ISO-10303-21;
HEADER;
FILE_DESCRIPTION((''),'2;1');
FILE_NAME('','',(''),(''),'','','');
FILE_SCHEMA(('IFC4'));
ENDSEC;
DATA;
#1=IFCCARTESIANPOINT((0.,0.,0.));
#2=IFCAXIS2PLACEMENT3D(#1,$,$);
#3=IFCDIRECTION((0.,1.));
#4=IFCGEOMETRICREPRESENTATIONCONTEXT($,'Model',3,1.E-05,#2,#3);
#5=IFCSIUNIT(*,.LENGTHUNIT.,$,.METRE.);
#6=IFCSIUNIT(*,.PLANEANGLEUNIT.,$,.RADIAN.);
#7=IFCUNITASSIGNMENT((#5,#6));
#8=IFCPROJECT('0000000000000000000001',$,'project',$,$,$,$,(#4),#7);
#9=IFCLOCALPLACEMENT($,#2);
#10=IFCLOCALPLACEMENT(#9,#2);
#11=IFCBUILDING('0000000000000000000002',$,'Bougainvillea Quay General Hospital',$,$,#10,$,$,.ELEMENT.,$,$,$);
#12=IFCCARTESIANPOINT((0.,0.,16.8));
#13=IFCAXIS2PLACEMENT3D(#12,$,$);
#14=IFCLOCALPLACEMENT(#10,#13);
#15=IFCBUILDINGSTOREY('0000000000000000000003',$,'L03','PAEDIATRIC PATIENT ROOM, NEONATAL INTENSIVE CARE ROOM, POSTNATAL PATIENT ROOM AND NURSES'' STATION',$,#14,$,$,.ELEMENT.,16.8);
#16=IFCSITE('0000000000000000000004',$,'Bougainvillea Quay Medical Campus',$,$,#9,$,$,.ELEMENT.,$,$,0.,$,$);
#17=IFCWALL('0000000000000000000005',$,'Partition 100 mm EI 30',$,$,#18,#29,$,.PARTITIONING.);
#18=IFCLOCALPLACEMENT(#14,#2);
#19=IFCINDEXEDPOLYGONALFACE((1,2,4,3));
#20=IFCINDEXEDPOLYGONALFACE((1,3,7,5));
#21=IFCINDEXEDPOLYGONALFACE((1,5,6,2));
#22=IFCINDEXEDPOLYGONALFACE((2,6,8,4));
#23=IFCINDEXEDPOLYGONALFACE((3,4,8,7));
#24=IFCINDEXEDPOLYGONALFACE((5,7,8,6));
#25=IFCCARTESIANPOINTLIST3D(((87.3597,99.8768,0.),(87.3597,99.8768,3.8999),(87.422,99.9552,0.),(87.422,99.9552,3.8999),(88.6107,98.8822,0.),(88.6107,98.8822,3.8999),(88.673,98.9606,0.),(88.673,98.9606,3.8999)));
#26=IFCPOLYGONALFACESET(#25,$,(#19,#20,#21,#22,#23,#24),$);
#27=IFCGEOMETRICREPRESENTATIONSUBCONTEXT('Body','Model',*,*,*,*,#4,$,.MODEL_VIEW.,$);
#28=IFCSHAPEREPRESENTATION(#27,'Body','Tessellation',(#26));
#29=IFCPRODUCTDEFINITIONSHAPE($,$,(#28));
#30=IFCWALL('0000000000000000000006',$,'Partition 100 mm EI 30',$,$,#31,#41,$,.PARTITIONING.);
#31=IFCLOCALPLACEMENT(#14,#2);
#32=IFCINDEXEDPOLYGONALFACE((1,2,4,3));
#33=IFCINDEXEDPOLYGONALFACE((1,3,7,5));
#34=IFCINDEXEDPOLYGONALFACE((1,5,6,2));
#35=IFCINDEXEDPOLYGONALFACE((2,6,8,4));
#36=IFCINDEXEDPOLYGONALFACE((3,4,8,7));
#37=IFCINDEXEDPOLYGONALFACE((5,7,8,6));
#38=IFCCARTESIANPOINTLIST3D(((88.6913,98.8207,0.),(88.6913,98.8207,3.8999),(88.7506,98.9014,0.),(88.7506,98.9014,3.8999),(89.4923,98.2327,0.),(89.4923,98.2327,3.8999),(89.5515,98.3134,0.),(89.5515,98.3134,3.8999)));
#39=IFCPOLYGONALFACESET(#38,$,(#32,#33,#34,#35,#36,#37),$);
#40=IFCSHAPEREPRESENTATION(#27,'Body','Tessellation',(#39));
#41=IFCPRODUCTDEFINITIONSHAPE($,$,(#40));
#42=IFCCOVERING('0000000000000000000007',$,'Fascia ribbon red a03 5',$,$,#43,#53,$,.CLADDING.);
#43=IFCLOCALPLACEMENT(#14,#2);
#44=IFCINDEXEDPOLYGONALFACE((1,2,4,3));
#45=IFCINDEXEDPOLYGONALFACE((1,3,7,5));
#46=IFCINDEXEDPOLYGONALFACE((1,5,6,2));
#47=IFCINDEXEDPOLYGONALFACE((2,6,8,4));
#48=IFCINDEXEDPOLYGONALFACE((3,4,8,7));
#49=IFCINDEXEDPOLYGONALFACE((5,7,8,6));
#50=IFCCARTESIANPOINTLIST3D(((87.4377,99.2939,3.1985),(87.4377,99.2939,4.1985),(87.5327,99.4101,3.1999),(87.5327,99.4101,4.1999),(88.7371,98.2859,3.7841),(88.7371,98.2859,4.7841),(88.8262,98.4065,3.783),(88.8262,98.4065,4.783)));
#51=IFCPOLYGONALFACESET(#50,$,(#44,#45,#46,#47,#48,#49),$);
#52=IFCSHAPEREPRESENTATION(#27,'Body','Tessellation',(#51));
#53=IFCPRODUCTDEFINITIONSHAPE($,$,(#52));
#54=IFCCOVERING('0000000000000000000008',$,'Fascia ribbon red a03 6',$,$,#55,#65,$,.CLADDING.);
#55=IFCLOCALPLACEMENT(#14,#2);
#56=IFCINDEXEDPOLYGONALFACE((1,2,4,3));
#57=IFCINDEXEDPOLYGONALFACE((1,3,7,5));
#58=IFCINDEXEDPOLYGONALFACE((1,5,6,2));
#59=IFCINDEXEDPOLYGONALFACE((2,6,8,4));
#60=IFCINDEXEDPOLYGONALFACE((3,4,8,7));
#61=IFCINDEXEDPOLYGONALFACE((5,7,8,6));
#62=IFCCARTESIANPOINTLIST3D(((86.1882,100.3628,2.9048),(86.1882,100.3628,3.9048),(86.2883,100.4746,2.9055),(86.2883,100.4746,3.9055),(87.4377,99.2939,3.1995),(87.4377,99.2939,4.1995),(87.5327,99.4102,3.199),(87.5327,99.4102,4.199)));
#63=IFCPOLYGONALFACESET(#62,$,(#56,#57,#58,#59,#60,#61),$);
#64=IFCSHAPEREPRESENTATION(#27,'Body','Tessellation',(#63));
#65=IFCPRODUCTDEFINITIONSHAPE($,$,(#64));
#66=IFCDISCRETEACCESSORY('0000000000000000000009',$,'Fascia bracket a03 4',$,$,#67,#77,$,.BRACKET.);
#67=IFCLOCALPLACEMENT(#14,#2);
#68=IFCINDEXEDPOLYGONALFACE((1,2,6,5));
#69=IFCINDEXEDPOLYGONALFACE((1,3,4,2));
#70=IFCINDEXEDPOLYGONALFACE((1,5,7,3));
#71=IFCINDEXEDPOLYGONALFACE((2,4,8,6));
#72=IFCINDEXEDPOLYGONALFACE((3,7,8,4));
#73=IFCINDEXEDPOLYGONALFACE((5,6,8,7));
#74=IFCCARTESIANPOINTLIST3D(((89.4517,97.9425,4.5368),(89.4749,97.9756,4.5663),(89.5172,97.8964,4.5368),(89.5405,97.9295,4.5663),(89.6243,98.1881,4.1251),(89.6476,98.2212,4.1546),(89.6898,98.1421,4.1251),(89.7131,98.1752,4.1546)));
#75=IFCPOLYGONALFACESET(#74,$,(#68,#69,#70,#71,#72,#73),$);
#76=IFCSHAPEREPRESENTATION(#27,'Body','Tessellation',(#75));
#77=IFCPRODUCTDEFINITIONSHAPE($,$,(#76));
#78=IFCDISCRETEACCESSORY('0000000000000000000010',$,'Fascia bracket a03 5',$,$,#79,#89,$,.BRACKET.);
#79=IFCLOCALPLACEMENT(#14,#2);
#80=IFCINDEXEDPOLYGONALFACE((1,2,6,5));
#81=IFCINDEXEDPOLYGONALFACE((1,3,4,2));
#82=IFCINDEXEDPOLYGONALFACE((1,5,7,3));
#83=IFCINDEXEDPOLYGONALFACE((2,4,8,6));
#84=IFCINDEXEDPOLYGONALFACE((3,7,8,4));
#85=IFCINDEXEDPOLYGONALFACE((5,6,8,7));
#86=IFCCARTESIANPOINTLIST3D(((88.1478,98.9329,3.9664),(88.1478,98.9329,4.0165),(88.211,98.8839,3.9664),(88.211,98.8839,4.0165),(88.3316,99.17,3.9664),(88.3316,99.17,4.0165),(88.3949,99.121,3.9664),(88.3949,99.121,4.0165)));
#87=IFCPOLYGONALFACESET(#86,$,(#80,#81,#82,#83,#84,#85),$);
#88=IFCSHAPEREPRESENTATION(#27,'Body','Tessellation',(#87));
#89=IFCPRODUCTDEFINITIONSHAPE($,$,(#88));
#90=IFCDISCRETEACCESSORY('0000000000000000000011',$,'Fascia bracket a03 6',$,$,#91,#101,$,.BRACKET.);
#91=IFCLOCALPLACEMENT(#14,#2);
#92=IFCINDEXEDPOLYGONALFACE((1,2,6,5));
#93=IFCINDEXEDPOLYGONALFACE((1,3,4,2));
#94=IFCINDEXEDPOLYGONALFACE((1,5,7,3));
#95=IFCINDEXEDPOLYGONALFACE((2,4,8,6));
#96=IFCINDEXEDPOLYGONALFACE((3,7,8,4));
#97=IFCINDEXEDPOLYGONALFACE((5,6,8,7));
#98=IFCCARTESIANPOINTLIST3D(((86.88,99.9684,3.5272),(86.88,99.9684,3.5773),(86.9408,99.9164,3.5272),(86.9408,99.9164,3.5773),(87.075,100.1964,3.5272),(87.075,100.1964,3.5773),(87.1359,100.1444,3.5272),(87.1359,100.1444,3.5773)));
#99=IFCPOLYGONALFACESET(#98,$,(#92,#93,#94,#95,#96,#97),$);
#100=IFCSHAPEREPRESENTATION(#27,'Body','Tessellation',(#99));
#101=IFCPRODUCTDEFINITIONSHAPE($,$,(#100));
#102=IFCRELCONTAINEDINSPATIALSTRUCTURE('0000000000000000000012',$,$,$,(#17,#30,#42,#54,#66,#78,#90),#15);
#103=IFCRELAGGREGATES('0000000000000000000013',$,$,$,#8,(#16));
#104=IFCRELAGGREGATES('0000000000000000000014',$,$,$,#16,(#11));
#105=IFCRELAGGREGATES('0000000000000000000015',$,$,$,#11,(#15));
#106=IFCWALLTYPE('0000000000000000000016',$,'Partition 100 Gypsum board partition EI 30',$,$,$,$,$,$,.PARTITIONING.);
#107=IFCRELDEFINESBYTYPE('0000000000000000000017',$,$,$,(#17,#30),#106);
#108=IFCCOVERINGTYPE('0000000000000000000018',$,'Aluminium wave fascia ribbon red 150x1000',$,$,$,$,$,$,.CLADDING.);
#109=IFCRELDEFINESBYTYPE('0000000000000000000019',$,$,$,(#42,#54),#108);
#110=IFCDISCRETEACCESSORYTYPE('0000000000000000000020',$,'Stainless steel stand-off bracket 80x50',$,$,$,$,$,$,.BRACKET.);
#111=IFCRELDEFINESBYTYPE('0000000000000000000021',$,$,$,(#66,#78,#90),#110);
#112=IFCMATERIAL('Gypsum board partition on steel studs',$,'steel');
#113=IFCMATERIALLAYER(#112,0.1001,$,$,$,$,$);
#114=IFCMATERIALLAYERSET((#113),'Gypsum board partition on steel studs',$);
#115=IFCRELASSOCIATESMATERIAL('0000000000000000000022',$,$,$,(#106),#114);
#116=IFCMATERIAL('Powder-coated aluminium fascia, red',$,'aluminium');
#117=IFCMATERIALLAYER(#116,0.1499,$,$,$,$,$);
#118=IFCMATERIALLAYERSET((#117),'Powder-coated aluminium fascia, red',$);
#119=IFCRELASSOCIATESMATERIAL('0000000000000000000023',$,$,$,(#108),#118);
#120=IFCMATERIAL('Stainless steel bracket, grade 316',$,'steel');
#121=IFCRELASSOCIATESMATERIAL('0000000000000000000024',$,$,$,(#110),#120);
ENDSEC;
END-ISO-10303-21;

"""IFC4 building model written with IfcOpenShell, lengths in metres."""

from ifc_helpers import new_model, si_unit, direction, frame, frame_2d, origin, origin_2d, place, context, subcontext, project, spatial, polyline, rectangle, outline, extrude, material, layer, layer_set, material_profile, profile_set, type_object, element, save


model = new_model("IFC4")

# Units and contexts
model_context = context("Model", 3, precision=1e-05, world=origin(), true_north=direction((0.0, 1.0)))
body_context = subcontext(model_context, "Body", "Model", "MODEL_VIEW")
ifc_project = project(units=[si_unit("LENGTHUNIT", "METRE"), si_unit("PLANEANGLEUNIT", "RADIAN")], contexts=[model_context])

# Site, building, storey
site_placement = place(None, origin())
site = spatial("IfcSite", under=ifc_project, at=site_placement, Name="Bougainvillea Quay Medical Campus", CompositionType="ELEMENT", RefElevation=0.0)
building_placement = place(site_placement, origin())
building = spatial("IfcBuilding", under=site, at=building_placement, Name="Bougainvillea Quay General Hospital", CompositionType="ELEMENT")
storey_placement = place(building_placement, frame((0.0, 0.0, 16.8)))
storey = spatial("IfcBuildingStorey", under=building, at=storey_placement, Name="L03", Description="PAEDIATRIC PATIENT ROOM, NEONATAL INTENSIVE CARE ROOM, POSTNATAL PATIENT ROOM AND NURSES' STATION", CompositionType="ELEMENT", Elevation=16.8)

# Walls
ifc_material_1 = material(Name="Gypsum board partition on steel studs", Category="steel")
ifc_layer_1 = layer(ifc_material_1, 0.1001)
ifc_layer_set_1 = layer_set([ifc_layer_1], Name="Gypsum board partition on steel studs")
wall_type = type_object("IfcWallType", Name="Partition 100 Gypsum board partition EI 30", PredefinedType="PARTITIONING", material=ifc_layer_set_1)
wall_1_placement = place(storey_placement, frame((87.3909, 99.916, 0.0), z_axis=(0.0, 0.0, 1.0), x_axis=(0.782743, -0.622345, 0.0)))
element("IfcWall", 1, at=wall_1_placement, inside=storey, type_object=wall_type, Name="Partition 100 mm EI 30", PredefinedType="PARTITIONING", context=body_context, shape_type="SweptSolid", body=[
    extrude(rectangle(XDim=1.5981, YDim=0.1001, at=frame_2d((0.7991, 0.0))), origin(), (0.0, 0.0, 1.0), 3.8999),
])
wall_2_placement = place(storey_placement, frame((88.7209, 98.8611, 0.0), z_axis=(0.0, 0.0, 1.0), x_axis=(0.806061, -0.591832, 0.0)))
element("IfcWall", 2, at=wall_2_placement, inside=storey, type_object=wall_type, Name="Partition 100 mm EI 30", PredefinedType="PARTITIONING", context=body_context, shape_type="SweptSolid", body=[
    extrude(rectangle(XDim=0.9937, YDim=0.1001, at=frame_2d((0.4968, 0.0))), origin(), (0.0, 0.0, 1.0), 3.8999),
])

# Coverings
ifc_material_2 = material(Name="Powder-coated aluminium fascia, red", Category="aluminium")
ifc_layer_2 = layer(ifc_material_2, 0.1499)
ifc_layer_set_2 = layer_set([ifc_layer_2], Name="Powder-coated aluminium fascia, red")
covering_type = type_object("IfcCoveringType", Name="Aluminium wave fascia ribbon red 150x1000", PredefinedType="CLADDING", material=ifc_layer_set_2)
covering_1_placement = place(storey_placement, frame((88.8262, 98.4065, 3.783), z_axis=(-0.265347, 0.205289, 0.942044), x_axis=(-0.744262, 0.577513, -0.335488)))
element("IfcCovering", 3, at=covering_1_placement, inside=storey, type_object=covering_type, Name="Fascia ribbon red a03 5", PredefinedType="CLADDING", context=body_context, shape_type="SweptSolid", body=[
    extrude(outline(polyline([(0.0, 0.0), (1.7379, 0.0), (1.742, 0.15), (-0.0037, 0.1499), (0.0, 0.0)])), origin(), (-0.335488, -0.000453, 0.942044), 1.0),
])
covering_2_placement = place(storey_placement, frame((87.5327, 99.4102, 3.199), z_axis=(-0.134564, 0.11406, 0.984319), x_axis=(-0.747992, 0.639837, -0.176398)))
element("IfcCovering", 4, at=covering_2_placement, inside=storey, type_object=covering_type, Name="Fascia ribbon red a03 6", PredefinedType="CLADDING", context=body_context, shape_type="SweptSolid", body=[
    extrude(outline(polyline([(0.0, 0.0), (1.6636, 0.0), (1.6671, 0.15), (-0.0034, 0.15), (0.0, 0.0)])), origin(), (-0.176398, -0.000783, 0.984319), 1.0),
])

# Discrete accessories
ifc_material_3 = material(Name="Stainless steel bracket, grade 316", Category="steel")
ifc_material_profile_1 = material_profile(ifc_material_3, rectangle(XDim=0.0801, YDim=0.05, at=origin_2d()))
ifc_profile_set_1 = profile_set([ifc_material_profile_1], Name="Stainless steel bracket, grade 316")
discrete_accessory_type = type_object("IfcDiscreteAccessoryType", Name="Stainless steel stand-off bracket 80x50", PredefinedType="BRACKET", material=ifc_profile_set_1)
discrete_accessory_placement = place(storey_placement, frame((89.6687, 98.1816, 4.1399), z_axis=(-0.338806, -0.482092, 0.807959), x_axis=(0.818161, -0.57499, 0.0)))
element("IfcDiscreteAccessory", 5, at=discrete_accessory_placement, inside=storey, type_object=discrete_accessory_type, Name="Fascia bracket a03 4", PredefinedType="BRACKET", context=body_context, shape_type="SweptSolid", body=[
    extrude(rectangle(XDim=0.0801, YDim=0.05, at=origin_2d()), origin(), (0.0, 0.0, 1.0), 0.5095),
])
for number, where, z_axis, x_axis, name in (
    (6, (88.3633, 99.1455, 3.9915), (-0.612813, -0.790228, 0.0), (0.790228, -0.612813, 0.0), "Fascia bracket a03 5"),
    (7, (87.1055, 100.1704, 3.5522), (-0.650054, -0.759888, 0.0), (0.759888, -0.650054, 0.0), "Fascia bracket a03 6"),
):
    element("IfcDiscreteAccessory", number, at=place(storey_placement, frame(where, z_axis=z_axis, x_axis=x_axis)), inside=storey, type_object=discrete_accessory_type, Name=name, PredefinedType="BRACKET", context=body_context, shape_type="SweptSolid", body=[
        extrude(rectangle(XDim=0.0801, YDim=0.05, at=origin_2d()), origin(), (0.0, 0.0, 1.0), 0.3),
    ])

save(model, "model.ifc")
